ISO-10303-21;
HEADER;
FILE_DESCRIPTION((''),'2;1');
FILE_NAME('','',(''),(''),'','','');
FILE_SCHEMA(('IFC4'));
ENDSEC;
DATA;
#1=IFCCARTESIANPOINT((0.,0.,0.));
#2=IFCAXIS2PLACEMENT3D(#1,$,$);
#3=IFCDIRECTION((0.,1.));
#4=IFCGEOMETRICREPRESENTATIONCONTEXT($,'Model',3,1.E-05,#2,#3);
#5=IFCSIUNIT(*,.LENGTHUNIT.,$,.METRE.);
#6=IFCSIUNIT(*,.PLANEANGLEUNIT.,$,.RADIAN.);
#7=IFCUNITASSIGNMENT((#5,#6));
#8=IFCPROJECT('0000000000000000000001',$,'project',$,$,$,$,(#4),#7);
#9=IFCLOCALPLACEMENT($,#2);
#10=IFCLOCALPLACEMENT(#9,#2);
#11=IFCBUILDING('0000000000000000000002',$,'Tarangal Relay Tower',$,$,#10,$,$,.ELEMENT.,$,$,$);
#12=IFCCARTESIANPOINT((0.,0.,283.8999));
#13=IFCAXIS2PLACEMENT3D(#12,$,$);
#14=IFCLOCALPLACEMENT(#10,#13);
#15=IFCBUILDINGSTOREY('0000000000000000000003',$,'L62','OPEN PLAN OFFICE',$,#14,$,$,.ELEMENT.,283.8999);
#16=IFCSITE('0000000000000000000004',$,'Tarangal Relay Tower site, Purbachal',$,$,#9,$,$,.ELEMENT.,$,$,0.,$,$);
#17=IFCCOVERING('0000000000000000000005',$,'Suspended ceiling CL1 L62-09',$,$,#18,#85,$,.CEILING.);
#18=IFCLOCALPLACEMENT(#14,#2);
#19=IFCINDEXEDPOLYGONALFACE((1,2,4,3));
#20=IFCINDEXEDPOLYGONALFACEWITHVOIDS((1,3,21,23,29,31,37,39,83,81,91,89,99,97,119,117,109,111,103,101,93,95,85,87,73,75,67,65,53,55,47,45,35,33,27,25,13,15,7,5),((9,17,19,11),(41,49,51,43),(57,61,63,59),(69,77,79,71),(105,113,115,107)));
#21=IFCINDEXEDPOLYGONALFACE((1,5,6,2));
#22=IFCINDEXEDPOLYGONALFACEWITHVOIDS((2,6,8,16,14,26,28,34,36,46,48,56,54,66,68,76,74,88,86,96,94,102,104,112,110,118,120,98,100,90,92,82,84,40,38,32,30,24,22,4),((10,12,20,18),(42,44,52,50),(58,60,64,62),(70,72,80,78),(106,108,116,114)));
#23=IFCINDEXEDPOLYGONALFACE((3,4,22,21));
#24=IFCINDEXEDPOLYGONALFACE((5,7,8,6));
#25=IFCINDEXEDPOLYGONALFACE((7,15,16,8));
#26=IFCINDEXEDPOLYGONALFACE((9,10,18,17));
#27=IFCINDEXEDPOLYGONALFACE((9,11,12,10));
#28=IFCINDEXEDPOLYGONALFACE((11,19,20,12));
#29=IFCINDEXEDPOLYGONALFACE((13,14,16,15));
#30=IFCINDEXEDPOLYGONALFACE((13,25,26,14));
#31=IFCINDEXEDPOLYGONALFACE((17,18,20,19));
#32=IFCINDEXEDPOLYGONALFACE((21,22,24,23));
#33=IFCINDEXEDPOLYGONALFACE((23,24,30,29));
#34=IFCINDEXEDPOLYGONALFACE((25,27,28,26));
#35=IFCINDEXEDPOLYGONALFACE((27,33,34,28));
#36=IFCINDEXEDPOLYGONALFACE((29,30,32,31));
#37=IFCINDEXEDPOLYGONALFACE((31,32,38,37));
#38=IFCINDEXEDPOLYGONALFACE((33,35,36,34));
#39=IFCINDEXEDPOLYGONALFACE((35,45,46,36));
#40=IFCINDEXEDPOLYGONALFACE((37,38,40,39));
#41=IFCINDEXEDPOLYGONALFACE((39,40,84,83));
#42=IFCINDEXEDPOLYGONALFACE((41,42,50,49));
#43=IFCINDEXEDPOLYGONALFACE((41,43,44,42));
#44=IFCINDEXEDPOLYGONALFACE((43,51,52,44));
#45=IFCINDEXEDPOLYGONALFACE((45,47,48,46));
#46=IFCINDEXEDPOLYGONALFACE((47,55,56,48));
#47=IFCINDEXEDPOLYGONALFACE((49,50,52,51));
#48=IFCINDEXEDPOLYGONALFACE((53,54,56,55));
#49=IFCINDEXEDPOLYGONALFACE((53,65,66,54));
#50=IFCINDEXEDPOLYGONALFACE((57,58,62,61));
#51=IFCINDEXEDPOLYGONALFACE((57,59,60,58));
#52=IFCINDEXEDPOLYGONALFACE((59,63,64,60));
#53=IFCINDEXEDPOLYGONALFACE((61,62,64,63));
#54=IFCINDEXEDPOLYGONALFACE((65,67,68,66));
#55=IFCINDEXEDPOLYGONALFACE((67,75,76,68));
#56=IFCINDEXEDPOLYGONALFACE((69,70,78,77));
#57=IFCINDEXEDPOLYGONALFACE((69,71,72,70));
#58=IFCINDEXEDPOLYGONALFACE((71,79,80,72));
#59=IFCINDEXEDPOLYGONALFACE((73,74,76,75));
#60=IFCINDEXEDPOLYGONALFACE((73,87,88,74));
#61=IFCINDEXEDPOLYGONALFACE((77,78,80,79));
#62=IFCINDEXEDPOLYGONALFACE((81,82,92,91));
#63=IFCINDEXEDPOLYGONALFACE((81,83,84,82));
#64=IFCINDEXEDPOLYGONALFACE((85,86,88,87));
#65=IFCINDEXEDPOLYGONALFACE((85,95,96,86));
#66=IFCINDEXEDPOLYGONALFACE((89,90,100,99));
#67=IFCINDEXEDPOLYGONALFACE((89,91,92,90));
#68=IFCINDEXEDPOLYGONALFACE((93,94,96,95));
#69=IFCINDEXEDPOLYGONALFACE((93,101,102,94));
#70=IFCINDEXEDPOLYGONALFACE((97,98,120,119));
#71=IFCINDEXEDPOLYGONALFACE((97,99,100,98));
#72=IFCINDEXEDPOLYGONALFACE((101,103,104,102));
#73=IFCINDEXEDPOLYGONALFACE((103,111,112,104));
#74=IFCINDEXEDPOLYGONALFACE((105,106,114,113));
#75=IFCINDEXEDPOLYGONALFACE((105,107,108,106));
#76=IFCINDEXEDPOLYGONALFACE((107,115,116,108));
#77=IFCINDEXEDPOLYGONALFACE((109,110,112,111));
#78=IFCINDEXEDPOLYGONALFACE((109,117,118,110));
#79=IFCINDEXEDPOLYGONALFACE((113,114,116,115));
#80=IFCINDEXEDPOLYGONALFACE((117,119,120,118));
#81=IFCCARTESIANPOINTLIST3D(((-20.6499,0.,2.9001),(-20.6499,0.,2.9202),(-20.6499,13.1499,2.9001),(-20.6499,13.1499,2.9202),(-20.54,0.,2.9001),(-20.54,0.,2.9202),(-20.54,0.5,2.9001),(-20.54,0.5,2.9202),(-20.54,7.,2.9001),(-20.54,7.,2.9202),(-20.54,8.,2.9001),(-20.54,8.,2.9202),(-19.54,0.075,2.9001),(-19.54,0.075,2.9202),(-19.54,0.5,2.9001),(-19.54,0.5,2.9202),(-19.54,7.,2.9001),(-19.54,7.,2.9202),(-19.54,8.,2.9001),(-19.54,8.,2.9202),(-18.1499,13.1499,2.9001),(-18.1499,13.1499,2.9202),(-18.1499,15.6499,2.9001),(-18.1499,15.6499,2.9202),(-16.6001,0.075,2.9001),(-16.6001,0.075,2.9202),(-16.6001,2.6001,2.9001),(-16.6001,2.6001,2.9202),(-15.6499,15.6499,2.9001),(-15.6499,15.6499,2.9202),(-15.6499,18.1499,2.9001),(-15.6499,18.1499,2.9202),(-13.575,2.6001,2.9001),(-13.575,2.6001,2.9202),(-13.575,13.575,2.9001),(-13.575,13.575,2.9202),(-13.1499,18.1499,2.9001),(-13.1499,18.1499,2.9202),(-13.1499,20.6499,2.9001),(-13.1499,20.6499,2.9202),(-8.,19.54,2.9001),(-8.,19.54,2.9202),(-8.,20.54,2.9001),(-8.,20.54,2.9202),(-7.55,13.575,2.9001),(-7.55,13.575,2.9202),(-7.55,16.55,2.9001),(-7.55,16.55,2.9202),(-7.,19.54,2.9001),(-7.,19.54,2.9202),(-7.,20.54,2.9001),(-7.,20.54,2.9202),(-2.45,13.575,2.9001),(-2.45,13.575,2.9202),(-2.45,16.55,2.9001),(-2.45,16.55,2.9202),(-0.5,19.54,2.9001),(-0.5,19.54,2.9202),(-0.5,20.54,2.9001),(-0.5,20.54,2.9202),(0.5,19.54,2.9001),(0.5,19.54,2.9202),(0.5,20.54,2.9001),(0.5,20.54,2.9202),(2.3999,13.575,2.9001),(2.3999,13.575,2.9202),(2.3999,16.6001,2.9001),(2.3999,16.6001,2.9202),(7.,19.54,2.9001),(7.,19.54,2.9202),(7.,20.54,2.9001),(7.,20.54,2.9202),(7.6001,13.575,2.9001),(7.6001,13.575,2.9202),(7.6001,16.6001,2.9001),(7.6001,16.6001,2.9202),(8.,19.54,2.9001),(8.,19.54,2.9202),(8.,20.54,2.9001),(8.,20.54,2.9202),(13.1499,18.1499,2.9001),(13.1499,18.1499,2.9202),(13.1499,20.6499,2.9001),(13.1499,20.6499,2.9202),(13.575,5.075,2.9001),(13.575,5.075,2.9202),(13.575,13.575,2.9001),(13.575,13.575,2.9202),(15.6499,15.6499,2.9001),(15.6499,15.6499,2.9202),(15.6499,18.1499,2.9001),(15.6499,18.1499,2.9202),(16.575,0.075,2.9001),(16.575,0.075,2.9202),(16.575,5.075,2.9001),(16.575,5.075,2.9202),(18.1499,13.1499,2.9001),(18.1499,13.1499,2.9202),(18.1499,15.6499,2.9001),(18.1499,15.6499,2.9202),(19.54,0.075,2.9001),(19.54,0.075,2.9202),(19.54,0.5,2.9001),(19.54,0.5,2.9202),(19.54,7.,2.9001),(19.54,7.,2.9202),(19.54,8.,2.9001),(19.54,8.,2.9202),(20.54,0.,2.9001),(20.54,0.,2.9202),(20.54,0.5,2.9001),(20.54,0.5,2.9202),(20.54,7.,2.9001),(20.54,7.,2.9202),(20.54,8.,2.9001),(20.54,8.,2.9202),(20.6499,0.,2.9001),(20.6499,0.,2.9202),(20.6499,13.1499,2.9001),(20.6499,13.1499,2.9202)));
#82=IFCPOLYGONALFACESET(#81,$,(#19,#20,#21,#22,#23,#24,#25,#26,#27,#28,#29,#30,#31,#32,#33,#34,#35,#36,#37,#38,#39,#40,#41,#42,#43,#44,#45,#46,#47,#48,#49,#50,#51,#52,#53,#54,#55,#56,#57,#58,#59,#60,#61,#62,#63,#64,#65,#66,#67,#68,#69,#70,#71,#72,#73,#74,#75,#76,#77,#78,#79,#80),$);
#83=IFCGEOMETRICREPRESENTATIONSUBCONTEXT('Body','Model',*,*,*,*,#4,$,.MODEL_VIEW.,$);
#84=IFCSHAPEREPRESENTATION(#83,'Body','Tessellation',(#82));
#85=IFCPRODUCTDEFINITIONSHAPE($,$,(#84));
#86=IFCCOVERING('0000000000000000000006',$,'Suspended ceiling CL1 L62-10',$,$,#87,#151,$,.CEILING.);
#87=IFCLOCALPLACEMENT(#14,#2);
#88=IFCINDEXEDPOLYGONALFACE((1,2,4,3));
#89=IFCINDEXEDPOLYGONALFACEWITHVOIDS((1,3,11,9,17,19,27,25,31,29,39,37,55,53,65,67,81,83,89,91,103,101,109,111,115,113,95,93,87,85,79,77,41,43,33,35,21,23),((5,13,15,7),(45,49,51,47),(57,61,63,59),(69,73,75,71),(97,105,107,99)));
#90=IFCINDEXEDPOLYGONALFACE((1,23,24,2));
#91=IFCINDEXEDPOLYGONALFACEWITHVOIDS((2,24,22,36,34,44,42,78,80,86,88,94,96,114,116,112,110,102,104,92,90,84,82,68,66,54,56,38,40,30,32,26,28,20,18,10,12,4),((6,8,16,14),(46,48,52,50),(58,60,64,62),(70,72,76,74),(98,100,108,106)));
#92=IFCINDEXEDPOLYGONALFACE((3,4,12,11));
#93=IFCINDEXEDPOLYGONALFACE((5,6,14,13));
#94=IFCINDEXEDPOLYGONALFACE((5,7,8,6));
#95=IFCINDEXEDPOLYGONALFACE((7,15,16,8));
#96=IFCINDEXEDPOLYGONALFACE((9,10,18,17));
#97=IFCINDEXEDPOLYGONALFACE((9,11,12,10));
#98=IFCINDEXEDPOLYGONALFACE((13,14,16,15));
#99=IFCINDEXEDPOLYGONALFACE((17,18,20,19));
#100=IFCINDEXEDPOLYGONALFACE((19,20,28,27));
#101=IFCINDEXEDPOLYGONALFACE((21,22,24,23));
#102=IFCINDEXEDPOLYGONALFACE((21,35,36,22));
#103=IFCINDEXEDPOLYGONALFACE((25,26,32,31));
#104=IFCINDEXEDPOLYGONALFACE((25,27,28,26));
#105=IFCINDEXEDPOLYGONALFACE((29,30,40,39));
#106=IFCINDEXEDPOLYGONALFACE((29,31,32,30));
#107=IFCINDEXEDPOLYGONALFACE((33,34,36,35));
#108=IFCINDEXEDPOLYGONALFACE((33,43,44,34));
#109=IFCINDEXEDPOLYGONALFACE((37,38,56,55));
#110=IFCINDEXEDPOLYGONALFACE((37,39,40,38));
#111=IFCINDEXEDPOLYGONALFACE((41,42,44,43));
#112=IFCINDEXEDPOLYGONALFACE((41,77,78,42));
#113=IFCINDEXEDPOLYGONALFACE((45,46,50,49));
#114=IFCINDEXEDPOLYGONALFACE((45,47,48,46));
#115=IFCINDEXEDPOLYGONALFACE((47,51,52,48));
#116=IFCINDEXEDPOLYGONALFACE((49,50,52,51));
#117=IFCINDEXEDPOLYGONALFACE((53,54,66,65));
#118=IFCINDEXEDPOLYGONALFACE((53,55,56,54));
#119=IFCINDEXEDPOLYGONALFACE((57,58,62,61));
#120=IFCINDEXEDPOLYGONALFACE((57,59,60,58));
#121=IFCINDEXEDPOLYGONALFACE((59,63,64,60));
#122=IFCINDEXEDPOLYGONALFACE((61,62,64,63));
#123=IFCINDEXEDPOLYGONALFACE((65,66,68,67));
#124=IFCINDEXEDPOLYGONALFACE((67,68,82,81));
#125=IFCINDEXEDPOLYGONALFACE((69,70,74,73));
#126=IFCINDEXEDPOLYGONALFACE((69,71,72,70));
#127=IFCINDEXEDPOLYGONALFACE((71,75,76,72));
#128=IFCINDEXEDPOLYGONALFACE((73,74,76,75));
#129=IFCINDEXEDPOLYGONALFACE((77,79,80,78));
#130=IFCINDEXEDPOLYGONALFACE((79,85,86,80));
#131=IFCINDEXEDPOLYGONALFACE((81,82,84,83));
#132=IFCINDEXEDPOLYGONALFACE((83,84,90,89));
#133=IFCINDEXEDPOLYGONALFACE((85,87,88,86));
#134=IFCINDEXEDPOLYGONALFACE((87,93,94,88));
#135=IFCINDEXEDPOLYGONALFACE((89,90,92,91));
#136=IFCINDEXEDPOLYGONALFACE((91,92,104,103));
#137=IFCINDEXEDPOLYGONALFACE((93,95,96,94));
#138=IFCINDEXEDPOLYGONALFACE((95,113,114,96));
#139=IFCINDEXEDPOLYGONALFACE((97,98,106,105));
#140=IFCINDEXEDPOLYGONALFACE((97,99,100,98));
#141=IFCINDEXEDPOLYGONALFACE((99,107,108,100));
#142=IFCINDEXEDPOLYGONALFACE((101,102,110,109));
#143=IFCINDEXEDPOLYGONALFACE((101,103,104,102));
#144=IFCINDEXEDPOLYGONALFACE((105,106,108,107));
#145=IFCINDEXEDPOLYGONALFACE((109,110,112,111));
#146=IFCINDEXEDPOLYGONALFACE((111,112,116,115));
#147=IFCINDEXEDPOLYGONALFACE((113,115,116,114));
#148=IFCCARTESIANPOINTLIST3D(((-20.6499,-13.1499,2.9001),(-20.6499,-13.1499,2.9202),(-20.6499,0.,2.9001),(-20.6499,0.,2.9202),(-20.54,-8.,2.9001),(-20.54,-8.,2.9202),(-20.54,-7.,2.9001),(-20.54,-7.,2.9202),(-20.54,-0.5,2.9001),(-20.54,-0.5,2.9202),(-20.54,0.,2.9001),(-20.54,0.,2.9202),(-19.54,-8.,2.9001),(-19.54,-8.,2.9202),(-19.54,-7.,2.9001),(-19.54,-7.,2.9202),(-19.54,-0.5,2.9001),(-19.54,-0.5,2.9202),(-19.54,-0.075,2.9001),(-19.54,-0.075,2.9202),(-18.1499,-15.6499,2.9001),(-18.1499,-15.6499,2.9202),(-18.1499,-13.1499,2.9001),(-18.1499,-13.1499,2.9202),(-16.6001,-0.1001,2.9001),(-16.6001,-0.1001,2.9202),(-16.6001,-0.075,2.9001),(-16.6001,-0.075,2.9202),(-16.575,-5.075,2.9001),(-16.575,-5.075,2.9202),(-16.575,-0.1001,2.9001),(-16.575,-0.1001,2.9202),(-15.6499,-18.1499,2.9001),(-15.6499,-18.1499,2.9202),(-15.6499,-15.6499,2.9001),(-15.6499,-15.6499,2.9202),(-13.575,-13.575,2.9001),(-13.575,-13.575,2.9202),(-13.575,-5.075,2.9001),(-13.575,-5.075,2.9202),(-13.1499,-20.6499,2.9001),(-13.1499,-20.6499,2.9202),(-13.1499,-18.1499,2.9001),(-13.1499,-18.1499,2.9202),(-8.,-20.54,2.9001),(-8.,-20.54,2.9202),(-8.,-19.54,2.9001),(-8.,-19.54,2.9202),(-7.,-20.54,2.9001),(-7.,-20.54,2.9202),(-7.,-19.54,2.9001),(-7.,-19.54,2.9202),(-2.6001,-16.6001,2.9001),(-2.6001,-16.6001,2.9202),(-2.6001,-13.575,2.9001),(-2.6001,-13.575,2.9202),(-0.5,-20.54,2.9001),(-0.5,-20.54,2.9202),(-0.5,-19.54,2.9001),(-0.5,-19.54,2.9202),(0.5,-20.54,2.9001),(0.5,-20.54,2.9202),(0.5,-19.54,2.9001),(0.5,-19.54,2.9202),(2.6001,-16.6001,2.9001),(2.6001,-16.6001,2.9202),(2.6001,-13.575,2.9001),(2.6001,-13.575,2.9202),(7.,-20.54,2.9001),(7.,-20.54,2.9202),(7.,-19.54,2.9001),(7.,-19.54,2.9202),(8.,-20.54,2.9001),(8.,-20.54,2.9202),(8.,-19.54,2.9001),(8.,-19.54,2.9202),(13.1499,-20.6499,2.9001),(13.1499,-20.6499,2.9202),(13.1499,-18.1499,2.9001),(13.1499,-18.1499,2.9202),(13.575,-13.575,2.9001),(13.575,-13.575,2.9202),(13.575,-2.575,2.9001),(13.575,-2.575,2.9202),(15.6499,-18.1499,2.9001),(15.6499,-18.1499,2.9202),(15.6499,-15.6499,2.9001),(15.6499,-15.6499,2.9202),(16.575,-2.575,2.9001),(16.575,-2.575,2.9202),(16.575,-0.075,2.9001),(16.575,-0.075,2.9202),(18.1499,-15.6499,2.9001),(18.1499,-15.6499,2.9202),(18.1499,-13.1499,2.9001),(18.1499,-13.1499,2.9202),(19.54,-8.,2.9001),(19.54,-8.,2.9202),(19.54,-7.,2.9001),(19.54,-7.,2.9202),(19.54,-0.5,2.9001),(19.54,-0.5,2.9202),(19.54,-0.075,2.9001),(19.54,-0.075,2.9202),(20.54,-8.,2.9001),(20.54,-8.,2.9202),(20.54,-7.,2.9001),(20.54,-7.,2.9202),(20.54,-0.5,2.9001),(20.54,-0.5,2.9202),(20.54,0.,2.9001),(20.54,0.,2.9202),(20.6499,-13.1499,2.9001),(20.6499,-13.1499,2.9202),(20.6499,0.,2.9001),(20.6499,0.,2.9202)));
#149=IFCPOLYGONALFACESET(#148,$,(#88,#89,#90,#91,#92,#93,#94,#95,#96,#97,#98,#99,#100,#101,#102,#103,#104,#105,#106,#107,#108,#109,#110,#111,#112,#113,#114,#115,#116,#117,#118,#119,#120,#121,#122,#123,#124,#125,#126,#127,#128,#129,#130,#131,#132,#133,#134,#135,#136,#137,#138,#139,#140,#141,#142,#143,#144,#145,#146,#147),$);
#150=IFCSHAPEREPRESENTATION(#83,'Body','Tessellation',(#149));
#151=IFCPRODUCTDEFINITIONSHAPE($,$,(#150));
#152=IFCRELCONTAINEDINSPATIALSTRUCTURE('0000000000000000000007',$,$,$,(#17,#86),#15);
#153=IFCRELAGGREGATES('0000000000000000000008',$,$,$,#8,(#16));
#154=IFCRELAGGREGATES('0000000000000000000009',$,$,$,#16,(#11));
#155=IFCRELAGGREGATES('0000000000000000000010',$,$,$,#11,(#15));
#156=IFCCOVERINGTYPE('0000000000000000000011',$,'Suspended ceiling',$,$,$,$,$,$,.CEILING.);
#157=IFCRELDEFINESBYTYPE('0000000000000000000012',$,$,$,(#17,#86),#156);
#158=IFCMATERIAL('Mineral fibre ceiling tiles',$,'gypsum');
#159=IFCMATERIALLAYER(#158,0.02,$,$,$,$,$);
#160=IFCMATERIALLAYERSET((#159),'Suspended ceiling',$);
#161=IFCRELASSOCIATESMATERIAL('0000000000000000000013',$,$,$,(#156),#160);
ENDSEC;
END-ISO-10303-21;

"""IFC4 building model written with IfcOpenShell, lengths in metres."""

from ifc_helpers import new_model, si_unit, direction, frame, origin, place, context, subcontext, project, spatial, polyline, outline, extrude, material, layer, layer_set, type_object, element, save


model = new_model("IFC4")

# Units and contexts
model_context = context("Model", 3, precision=1e-05, world=origin(), true_north=direction((0.0, 1.0)))
body_context = subcontext(model_context, "Body", "Model", "MODEL_VIEW")
ifc_project = project(units=[si_unit("LENGTHUNIT", "METRE"), si_unit("PLANEANGLEUNIT", "RADIAN")], contexts=[model_context])

# Site, building, storey
site_placement = place(None, origin())
site = spatial("IfcSite", under=ifc_project, at=site_placement, Name="Tarangal Relay Tower site, Purbachal", CompositionType="ELEMENT", RefElevation=0.0)
building_placement = place(site_placement, origin())
building = spatial("IfcBuilding", under=site, at=building_placement, Name="Tarangal Relay Tower", CompositionType="ELEMENT")
storey_placement = place(building_placement, frame((0.0, 0.0, 283.8999)))
storey = spatial("IfcBuildingStorey", under=building, at=storey_placement, Name="L62", Description="OPEN PLAN OFFICE", CompositionType="ELEMENT", Elevation=283.8999)

# Coverings
ifc_material_1 = material(Name="Mineral fibre ceiling tiles", Category="gypsum")
ifc_layer_1 = layer(ifc_material_1, 0.02)
ifc_layer_set_1 = layer_set([ifc_layer_1], Name="Suspended ceiling")
covering_type = type_object("IfcCoveringType", Name="Suspended ceiling", PredefinedType="CEILING", material=ifc_layer_set_1)
covering_1_placement = place(storey_placement, frame((0.0, 0.0, 2.9001)))
element("IfcCovering", 1, at=covering_1_placement, inside=storey, type_object=covering_type, Name="Suspended ceiling CL1 L62-09", PredefinedType="CEILING", context=body_context, shape_type="SweptSolid", body=[
    extrude(outline(polyline([(-20.6499, 0.0), (-20.54, 0.0), (-20.54, 0.5), (-19.54, 0.5), (-19.54, 0.075), (-16.6001, 0.075), (-16.6001, 2.6001), (-13.575, 2.6001), (-13.575, 13.575), (-7.55, 13.575), (-7.55, 16.55), (-2.45, 16.55), (-2.45, 13.575), (2.3999, 13.575), (2.3999, 16.6001), (7.6001, 16.6001), (7.6001, 13.575), (13.575, 13.575), (13.575, 5.075), (16.575, 5.075), (16.575, 0.075), (19.54, 0.075), (19.54, 0.5), (20.54, 0.5), (20.54, 0.0), (20.6499, 0.0), (20.6499, 13.1499), (18.1499, 13.1499), (18.1499, 15.6499), (15.6499, 15.6499), (15.6499, 18.1499), (13.1499, 18.1499), (13.1499, 20.6499), (-13.1499, 20.6499), (-13.1499, 18.1499), (-15.6499, 18.1499), (-15.6499, 15.6499), (-18.1499, 15.6499), (-18.1499, 13.1499), (-20.6499, 13.1499), (-20.6499, 0.0)]), holes=[polyline([(-20.54, 8.0), (-20.54, 7.0), (-19.54, 7.0), (-19.54, 8.0), (-20.54, 8.0)]), polyline([(19.54, 8.0), (19.54, 7.0), (20.54, 7.0), (20.54, 8.0), (19.54, 8.0)]), polyline([(-8.0, 20.54), (-8.0, 19.54), (-7.0, 19.54), (-7.0, 20.54), (-8.0, 20.54)]), polyline([(-0.5, 20.54), (-0.5, 19.54), (0.5, 19.54), (0.5, 20.54), (-0.5, 20.54)]), polyline([(7.0, 20.54), (7.0, 19.54), (8.0, 19.54), (8.0, 20.54), (7.0, 20.54)])]), origin(), (0.0, 0.0, 1.0), 0.02),
])
covering_2_placement = place(storey_placement, frame((0.0, 0.0, 2.9001)))
element("IfcCovering", 2, at=covering_2_placement, inside=storey, type_object=covering_type, Name="Suspended ceiling CL1 L62-10", PredefinedType="CEILING", context=body_context, shape_type="SweptSolid", body=[
    extrude(outline(polyline([(20.6499, 0.0), (20.54, 0.0), (20.54, -0.5), (19.54, -0.5), (19.54, -0.075), (16.575, -0.075), (16.575, -2.575), (13.575, -2.575), (13.575, -13.575), (2.6001, -13.575), (2.6001, -16.6001), (-2.6001, -16.6001), (-2.6001, -13.575), (-13.575, -13.575), (-13.575, -5.075), (-16.575, -5.075), (-16.575, -0.1001), (-16.6001, -0.1001), (-16.6001, -0.075), (-19.54, -0.075), (-19.54, -0.5), (-20.54, -0.5), (-20.54, 0.0), (-20.6499, 0.0), (-20.6499, -13.1499), (-18.1499, -13.1499), (-18.1499, -15.6499), (-15.6499, -15.6499), (-15.6499, -18.1499), (-13.1499, -18.1499), (-13.1499, -20.6499), (13.1499, -20.6499), (13.1499, -18.1499), (15.6499, -18.1499), (15.6499, -15.6499), (18.1499, -15.6499), (18.1499, -13.1499), (20.6499, -13.1499), (20.6499, 0.0)]), holes=[polyline([(-8.0, -20.54), (-7.0, -20.54), (-7.0, -19.54), (-8.0, -19.54), (-8.0, -20.54)]), polyline([(-0.5, -19.54), (-0.5, -20.54), (0.5, -20.54), (0.5, -19.54), (-0.5, -19.54)]), polyline([(7.0, -19.54), (7.0, -20.54), (8.0, -20.54), (8.0, -19.54), (7.0, -19.54)]), polyline([(-20.54, -7.0), (-20.54, -8.0), (-19.54, -8.0), (-19.54, -7.0), (-20.54, -7.0)]), polyline([(19.54, -7.0), (19.54, -8.0), (20.54, -8.0), (20.54, -7.0), (19.54, -7.0)])]), origin(), (0.0, 0.0, 1.0), 0.02),
])

save(model, "model.ifc")
